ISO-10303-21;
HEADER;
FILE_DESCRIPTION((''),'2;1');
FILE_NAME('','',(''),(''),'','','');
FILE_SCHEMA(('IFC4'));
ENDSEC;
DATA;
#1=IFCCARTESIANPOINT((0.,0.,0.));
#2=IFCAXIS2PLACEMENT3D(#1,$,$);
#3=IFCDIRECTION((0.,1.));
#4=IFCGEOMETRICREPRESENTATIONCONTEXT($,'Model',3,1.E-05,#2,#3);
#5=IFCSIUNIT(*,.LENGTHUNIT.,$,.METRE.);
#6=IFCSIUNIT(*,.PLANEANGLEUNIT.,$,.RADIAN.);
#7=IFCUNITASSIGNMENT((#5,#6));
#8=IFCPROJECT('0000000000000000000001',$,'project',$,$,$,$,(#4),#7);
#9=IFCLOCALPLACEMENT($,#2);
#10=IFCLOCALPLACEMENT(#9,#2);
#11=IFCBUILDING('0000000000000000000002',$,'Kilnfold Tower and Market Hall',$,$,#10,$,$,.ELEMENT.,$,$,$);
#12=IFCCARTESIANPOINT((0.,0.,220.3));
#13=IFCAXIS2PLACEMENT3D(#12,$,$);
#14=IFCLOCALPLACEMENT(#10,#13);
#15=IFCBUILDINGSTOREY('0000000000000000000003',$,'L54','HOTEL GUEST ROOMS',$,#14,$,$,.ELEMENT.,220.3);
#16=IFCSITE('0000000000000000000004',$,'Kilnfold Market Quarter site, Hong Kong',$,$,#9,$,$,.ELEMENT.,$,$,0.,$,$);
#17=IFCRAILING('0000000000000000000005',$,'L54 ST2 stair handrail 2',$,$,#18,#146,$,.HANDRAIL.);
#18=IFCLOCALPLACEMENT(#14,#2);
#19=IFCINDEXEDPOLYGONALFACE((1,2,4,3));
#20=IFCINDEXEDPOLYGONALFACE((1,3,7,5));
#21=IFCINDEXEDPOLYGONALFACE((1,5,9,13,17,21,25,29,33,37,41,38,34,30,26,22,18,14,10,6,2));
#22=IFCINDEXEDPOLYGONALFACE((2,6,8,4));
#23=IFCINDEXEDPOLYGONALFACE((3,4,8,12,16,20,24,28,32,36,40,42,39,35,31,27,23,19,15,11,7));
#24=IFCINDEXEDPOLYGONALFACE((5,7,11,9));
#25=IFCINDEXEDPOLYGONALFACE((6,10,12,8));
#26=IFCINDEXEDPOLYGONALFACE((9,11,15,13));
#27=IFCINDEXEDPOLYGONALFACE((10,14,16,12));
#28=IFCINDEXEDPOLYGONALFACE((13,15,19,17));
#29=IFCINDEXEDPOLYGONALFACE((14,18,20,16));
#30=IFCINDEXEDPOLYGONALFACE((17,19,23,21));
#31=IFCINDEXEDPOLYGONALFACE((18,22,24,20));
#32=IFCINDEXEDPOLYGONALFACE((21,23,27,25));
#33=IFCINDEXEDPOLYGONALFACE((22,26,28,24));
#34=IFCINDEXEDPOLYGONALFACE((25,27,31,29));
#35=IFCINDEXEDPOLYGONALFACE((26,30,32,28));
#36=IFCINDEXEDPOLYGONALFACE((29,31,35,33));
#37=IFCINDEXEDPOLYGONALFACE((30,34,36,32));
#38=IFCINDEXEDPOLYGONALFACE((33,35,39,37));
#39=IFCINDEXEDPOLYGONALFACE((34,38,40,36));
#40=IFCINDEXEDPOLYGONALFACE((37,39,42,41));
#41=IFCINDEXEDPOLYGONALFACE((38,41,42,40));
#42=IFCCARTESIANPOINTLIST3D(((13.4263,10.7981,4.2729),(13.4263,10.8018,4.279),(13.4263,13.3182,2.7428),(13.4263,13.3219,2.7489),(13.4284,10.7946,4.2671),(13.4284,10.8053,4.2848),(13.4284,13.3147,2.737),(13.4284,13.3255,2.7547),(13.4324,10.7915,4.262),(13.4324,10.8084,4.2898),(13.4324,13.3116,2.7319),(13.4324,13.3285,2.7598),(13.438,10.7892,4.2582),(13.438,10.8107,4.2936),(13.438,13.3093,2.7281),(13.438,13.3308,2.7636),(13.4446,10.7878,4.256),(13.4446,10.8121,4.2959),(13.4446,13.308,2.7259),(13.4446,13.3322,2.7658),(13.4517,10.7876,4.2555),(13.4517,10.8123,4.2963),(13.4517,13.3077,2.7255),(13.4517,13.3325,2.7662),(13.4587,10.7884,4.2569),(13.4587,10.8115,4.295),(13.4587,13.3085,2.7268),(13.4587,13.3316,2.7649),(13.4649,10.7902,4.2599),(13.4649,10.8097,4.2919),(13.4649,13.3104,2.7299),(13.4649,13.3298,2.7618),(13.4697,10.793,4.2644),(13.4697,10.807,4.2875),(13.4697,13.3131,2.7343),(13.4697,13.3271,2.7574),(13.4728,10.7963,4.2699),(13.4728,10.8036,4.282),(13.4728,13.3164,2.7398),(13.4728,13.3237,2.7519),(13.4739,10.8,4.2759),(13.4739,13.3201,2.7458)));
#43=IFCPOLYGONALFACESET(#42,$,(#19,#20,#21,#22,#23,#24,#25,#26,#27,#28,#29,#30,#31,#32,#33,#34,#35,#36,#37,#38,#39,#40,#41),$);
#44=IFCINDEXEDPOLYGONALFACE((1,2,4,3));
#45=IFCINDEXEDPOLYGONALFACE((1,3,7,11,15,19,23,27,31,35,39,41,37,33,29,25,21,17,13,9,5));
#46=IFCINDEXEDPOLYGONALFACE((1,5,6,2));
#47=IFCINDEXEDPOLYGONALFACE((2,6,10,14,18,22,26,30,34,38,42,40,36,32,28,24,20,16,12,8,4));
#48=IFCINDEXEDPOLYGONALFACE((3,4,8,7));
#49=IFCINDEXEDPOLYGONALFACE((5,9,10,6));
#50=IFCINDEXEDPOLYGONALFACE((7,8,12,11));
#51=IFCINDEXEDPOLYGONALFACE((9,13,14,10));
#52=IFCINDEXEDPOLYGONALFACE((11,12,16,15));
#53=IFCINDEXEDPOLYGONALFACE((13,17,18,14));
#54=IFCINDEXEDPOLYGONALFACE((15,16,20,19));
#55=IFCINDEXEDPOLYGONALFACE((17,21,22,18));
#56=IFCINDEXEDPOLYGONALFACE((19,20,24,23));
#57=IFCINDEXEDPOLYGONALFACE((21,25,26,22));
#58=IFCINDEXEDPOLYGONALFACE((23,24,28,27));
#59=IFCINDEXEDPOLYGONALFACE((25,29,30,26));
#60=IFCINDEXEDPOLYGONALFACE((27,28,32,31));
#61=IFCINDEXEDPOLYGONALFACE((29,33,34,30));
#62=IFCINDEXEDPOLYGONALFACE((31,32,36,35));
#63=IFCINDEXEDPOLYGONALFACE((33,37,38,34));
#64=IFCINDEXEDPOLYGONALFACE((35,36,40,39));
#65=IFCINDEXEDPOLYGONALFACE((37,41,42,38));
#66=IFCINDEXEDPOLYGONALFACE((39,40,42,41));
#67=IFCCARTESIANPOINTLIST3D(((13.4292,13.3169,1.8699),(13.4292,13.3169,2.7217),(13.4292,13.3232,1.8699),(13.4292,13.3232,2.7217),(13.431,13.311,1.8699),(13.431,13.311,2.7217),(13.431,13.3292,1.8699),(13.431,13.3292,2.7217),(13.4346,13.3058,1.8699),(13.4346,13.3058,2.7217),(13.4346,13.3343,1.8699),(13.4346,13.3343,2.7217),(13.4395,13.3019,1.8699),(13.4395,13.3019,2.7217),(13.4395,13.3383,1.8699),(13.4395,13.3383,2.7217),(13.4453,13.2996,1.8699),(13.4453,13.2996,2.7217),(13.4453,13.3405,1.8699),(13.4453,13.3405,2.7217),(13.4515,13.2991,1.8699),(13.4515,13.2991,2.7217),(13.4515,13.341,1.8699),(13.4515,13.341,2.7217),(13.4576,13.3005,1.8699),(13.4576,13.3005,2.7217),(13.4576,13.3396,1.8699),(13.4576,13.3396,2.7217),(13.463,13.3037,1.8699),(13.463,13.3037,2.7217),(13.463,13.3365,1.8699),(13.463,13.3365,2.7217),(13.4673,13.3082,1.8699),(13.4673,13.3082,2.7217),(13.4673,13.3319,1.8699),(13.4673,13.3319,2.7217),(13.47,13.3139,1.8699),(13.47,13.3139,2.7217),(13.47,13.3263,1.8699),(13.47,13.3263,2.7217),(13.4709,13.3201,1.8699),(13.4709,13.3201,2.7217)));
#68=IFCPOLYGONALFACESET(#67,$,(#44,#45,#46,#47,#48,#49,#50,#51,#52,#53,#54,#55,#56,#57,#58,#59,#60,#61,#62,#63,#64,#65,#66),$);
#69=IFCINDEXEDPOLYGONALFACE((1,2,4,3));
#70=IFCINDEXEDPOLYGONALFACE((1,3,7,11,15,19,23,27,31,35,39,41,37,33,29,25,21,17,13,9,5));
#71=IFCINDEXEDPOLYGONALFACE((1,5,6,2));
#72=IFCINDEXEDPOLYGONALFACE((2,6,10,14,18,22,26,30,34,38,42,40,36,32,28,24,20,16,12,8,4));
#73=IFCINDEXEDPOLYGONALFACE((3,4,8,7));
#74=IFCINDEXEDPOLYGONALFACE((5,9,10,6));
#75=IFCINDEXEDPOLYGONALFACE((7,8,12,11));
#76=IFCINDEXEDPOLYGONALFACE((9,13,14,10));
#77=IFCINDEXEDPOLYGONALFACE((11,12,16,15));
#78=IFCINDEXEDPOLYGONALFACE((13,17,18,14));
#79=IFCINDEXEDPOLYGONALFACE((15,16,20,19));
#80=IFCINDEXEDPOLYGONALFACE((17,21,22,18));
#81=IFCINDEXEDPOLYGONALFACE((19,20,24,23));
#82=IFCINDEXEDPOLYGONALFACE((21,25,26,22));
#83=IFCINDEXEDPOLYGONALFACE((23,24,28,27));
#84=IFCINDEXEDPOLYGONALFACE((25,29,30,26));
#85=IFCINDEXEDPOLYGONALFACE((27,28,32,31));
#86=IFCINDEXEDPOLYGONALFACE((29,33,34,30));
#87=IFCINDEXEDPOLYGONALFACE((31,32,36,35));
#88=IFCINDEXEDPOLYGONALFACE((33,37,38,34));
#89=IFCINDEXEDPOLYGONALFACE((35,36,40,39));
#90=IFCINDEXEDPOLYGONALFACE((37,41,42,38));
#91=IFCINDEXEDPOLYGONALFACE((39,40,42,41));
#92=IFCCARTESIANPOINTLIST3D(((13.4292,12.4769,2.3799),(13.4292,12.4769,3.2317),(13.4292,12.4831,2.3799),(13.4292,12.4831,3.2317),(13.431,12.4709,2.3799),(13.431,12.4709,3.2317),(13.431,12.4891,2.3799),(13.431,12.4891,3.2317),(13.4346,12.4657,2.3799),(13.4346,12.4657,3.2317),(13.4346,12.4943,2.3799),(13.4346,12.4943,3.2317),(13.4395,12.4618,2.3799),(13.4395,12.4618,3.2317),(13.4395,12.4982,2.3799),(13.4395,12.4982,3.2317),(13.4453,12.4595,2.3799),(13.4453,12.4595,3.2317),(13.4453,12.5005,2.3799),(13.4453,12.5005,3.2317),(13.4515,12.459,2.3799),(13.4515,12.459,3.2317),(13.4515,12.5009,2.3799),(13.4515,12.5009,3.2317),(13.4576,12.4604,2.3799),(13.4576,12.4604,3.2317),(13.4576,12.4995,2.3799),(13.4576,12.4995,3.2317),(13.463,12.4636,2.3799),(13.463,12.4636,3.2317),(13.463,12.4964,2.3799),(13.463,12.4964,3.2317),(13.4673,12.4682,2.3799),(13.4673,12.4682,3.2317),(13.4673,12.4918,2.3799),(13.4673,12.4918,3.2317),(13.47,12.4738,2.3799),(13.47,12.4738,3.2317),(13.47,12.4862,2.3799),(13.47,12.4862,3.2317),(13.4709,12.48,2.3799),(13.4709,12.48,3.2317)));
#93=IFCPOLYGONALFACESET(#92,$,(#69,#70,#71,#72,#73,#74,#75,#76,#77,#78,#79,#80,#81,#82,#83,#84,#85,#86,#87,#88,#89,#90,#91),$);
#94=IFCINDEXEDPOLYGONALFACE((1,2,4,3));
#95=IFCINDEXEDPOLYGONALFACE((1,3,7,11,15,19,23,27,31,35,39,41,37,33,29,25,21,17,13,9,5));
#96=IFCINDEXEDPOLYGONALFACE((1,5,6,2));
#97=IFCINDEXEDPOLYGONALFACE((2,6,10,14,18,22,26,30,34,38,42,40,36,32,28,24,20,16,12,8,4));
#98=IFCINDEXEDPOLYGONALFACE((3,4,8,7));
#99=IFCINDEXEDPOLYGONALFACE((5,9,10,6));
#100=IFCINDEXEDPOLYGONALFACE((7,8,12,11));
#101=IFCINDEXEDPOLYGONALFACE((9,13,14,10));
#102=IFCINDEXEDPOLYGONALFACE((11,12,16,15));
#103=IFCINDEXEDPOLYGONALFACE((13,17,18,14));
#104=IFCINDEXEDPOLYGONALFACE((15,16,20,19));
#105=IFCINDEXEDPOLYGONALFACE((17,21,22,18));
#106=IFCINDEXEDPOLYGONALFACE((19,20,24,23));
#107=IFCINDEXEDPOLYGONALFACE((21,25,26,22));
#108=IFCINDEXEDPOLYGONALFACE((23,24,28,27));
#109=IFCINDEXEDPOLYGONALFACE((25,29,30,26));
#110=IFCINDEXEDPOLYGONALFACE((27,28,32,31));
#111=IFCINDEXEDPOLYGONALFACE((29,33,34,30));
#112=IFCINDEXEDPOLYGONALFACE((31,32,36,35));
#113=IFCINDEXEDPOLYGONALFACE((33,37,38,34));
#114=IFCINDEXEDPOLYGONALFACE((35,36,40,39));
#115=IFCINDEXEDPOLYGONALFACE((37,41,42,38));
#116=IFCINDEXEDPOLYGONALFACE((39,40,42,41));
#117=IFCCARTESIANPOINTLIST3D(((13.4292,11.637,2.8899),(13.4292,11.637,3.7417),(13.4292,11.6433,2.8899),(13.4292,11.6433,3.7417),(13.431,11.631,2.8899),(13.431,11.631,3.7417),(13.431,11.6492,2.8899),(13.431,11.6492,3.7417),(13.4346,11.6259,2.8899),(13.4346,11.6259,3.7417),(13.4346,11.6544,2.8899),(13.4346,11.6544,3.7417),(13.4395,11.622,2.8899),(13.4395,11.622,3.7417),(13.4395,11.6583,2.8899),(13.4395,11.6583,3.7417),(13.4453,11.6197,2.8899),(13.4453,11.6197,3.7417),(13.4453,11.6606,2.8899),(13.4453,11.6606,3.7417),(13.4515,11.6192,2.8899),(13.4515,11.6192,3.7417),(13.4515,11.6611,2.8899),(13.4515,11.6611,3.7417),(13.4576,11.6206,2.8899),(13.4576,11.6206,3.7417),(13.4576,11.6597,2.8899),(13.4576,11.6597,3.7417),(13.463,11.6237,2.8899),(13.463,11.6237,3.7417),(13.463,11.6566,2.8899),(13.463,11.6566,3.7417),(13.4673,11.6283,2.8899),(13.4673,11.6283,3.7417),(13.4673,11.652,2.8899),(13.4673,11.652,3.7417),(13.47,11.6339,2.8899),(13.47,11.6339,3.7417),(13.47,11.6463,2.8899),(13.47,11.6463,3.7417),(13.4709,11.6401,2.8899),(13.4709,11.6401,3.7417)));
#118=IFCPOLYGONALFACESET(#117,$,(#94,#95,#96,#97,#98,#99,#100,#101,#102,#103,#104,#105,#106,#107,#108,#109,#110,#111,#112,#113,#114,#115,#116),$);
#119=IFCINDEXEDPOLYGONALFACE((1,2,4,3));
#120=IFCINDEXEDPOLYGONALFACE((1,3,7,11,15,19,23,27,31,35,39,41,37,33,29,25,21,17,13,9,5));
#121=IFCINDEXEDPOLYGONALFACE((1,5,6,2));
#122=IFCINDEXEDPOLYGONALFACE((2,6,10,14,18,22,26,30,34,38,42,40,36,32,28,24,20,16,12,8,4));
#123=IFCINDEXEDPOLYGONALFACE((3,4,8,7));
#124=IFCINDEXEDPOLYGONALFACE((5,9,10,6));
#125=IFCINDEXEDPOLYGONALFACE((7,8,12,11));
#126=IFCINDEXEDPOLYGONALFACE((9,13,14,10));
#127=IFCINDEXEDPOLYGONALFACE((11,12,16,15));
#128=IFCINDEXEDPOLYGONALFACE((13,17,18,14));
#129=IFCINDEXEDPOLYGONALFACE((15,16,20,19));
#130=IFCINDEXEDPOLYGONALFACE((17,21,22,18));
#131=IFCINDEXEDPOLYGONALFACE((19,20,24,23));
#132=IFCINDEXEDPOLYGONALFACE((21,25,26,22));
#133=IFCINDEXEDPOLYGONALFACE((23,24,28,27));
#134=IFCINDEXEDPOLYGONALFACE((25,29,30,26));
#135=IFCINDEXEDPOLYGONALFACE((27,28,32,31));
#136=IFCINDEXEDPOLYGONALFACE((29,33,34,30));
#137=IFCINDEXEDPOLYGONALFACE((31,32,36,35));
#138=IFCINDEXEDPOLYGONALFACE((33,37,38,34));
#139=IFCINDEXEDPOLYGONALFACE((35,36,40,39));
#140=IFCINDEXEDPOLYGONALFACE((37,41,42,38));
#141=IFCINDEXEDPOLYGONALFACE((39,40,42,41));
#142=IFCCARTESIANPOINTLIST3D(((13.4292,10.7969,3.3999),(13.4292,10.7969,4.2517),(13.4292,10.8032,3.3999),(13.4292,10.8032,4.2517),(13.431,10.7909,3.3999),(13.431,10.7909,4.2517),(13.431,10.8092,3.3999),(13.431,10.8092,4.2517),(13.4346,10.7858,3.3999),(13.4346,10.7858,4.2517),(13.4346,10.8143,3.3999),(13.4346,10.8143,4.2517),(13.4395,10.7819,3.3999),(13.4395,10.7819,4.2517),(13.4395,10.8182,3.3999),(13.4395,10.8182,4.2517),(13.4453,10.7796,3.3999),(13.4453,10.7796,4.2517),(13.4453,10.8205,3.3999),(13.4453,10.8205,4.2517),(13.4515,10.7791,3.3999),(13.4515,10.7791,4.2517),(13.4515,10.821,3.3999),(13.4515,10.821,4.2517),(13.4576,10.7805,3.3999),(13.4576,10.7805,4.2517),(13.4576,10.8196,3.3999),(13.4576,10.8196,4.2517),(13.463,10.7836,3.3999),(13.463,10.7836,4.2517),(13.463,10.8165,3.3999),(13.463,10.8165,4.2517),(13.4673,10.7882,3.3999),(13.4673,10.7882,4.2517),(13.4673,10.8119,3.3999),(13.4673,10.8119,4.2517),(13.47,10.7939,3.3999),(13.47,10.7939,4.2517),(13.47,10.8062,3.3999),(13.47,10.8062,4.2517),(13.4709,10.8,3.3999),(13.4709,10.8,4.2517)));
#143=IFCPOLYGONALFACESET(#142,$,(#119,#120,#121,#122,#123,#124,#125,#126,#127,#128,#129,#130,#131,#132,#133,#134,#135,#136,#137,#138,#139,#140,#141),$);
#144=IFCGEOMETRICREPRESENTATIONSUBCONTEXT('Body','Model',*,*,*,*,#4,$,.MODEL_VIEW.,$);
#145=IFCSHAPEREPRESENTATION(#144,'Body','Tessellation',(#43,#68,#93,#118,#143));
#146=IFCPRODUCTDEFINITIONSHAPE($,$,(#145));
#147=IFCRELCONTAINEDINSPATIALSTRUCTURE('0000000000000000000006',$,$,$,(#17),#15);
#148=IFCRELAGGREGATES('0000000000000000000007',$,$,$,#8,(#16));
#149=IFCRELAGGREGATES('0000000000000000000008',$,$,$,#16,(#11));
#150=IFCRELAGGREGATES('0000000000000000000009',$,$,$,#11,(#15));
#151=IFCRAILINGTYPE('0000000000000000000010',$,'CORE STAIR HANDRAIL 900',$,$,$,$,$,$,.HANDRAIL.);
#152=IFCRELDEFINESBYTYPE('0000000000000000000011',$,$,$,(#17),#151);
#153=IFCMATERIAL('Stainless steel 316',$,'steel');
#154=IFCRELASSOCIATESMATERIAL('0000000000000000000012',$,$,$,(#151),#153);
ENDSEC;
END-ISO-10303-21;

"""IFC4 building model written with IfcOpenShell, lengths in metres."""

from ifc_helpers import new_model, si_unit, direction, frame, origin, origin_2d, place, context, subcontext, project, spatial, circle, extrude, material, type_object, element, save


model = new_model("IFC4")

# Units and contexts
model_context = context("Model", 3, precision=1e-05, world=origin(), true_north=direction((0.0, 1.0)))
body_context = subcontext(model_context, "Body", "Model", "MODEL_VIEW")
ifc_project = project(units=[si_unit("LENGTHUNIT", "METRE"), si_unit("PLANEANGLEUNIT", "RADIAN")], contexts=[model_context])

# Site, building, storey
site_placement = place(None, origin())
site = spatial("IfcSite", under=ifc_project, at=site_placement, Name="Kilnfold Market Quarter site, Hong Kong", CompositionType="ELEMENT", RefElevation=0.0)
building_placement = place(site_placement, origin())
building = spatial("IfcBuilding", under=site, at=building_placement, Name="Kilnfold Tower and Market Hall", CompositionType="ELEMENT")
storey_placement = place(building_placement, frame((0.0, 0.0, 220.3)))
storey = spatial("IfcBuildingStorey", under=building, at=storey_placement, Name="L54", Description="HOTEL GUEST ROOMS", CompositionType="ELEMENT", Elevation=220.3)

# Railing
ifc_material_1 = material(Name="Stainless steel 316", Category="steel")
railing_type_1 = type_object("IfcRailingType", Name="CORE STAIR HANDRAIL 900", PredefinedType="HANDRAIL", material=ifc_material_1)
railing_1_placement = place(storey_placement, frame((13.45, 13.3201, 1.8699)))
element("IfcRailing", 1, at=railing_1_placement, inside=storey, type_object=railing_type_1, Name="L54 ST2 stair handrail 2", PredefinedType="HANDRAIL", context=body_context, shape_type="SweptSolid", body=[
    extrude(circle(Radius=0.0239, at=origin_2d()), frame((0.0, 0.0, 0.876), z_axis=(0.0, -0.854785, 0.518982), x_axis=(1.0, 0.0, 0.0)), (0.0, 0.0, 1.0), 2.9482),
    extrude(circle(Radius=0.021, at=origin_2d()), origin(), (0.0, 0.0, 1.0), 0.8518),
    extrude(circle(Radius=0.021, at=origin_2d()), frame((0.0, -0.8401, 0.51)), (0.0, 0.0, 1.0), 0.8518),
    extrude(circle(Radius=0.021, at=origin_2d()), frame((0.0, -1.6799, 1.02)), (0.0, 0.0, 1.0), 0.8518),
    extrude(circle(Radius=0.021, at=origin_2d()), frame((0.0, -2.52, 1.53)), (0.0, 0.0, 1.0), 0.8518),
])

save(model, "model.ifc")
